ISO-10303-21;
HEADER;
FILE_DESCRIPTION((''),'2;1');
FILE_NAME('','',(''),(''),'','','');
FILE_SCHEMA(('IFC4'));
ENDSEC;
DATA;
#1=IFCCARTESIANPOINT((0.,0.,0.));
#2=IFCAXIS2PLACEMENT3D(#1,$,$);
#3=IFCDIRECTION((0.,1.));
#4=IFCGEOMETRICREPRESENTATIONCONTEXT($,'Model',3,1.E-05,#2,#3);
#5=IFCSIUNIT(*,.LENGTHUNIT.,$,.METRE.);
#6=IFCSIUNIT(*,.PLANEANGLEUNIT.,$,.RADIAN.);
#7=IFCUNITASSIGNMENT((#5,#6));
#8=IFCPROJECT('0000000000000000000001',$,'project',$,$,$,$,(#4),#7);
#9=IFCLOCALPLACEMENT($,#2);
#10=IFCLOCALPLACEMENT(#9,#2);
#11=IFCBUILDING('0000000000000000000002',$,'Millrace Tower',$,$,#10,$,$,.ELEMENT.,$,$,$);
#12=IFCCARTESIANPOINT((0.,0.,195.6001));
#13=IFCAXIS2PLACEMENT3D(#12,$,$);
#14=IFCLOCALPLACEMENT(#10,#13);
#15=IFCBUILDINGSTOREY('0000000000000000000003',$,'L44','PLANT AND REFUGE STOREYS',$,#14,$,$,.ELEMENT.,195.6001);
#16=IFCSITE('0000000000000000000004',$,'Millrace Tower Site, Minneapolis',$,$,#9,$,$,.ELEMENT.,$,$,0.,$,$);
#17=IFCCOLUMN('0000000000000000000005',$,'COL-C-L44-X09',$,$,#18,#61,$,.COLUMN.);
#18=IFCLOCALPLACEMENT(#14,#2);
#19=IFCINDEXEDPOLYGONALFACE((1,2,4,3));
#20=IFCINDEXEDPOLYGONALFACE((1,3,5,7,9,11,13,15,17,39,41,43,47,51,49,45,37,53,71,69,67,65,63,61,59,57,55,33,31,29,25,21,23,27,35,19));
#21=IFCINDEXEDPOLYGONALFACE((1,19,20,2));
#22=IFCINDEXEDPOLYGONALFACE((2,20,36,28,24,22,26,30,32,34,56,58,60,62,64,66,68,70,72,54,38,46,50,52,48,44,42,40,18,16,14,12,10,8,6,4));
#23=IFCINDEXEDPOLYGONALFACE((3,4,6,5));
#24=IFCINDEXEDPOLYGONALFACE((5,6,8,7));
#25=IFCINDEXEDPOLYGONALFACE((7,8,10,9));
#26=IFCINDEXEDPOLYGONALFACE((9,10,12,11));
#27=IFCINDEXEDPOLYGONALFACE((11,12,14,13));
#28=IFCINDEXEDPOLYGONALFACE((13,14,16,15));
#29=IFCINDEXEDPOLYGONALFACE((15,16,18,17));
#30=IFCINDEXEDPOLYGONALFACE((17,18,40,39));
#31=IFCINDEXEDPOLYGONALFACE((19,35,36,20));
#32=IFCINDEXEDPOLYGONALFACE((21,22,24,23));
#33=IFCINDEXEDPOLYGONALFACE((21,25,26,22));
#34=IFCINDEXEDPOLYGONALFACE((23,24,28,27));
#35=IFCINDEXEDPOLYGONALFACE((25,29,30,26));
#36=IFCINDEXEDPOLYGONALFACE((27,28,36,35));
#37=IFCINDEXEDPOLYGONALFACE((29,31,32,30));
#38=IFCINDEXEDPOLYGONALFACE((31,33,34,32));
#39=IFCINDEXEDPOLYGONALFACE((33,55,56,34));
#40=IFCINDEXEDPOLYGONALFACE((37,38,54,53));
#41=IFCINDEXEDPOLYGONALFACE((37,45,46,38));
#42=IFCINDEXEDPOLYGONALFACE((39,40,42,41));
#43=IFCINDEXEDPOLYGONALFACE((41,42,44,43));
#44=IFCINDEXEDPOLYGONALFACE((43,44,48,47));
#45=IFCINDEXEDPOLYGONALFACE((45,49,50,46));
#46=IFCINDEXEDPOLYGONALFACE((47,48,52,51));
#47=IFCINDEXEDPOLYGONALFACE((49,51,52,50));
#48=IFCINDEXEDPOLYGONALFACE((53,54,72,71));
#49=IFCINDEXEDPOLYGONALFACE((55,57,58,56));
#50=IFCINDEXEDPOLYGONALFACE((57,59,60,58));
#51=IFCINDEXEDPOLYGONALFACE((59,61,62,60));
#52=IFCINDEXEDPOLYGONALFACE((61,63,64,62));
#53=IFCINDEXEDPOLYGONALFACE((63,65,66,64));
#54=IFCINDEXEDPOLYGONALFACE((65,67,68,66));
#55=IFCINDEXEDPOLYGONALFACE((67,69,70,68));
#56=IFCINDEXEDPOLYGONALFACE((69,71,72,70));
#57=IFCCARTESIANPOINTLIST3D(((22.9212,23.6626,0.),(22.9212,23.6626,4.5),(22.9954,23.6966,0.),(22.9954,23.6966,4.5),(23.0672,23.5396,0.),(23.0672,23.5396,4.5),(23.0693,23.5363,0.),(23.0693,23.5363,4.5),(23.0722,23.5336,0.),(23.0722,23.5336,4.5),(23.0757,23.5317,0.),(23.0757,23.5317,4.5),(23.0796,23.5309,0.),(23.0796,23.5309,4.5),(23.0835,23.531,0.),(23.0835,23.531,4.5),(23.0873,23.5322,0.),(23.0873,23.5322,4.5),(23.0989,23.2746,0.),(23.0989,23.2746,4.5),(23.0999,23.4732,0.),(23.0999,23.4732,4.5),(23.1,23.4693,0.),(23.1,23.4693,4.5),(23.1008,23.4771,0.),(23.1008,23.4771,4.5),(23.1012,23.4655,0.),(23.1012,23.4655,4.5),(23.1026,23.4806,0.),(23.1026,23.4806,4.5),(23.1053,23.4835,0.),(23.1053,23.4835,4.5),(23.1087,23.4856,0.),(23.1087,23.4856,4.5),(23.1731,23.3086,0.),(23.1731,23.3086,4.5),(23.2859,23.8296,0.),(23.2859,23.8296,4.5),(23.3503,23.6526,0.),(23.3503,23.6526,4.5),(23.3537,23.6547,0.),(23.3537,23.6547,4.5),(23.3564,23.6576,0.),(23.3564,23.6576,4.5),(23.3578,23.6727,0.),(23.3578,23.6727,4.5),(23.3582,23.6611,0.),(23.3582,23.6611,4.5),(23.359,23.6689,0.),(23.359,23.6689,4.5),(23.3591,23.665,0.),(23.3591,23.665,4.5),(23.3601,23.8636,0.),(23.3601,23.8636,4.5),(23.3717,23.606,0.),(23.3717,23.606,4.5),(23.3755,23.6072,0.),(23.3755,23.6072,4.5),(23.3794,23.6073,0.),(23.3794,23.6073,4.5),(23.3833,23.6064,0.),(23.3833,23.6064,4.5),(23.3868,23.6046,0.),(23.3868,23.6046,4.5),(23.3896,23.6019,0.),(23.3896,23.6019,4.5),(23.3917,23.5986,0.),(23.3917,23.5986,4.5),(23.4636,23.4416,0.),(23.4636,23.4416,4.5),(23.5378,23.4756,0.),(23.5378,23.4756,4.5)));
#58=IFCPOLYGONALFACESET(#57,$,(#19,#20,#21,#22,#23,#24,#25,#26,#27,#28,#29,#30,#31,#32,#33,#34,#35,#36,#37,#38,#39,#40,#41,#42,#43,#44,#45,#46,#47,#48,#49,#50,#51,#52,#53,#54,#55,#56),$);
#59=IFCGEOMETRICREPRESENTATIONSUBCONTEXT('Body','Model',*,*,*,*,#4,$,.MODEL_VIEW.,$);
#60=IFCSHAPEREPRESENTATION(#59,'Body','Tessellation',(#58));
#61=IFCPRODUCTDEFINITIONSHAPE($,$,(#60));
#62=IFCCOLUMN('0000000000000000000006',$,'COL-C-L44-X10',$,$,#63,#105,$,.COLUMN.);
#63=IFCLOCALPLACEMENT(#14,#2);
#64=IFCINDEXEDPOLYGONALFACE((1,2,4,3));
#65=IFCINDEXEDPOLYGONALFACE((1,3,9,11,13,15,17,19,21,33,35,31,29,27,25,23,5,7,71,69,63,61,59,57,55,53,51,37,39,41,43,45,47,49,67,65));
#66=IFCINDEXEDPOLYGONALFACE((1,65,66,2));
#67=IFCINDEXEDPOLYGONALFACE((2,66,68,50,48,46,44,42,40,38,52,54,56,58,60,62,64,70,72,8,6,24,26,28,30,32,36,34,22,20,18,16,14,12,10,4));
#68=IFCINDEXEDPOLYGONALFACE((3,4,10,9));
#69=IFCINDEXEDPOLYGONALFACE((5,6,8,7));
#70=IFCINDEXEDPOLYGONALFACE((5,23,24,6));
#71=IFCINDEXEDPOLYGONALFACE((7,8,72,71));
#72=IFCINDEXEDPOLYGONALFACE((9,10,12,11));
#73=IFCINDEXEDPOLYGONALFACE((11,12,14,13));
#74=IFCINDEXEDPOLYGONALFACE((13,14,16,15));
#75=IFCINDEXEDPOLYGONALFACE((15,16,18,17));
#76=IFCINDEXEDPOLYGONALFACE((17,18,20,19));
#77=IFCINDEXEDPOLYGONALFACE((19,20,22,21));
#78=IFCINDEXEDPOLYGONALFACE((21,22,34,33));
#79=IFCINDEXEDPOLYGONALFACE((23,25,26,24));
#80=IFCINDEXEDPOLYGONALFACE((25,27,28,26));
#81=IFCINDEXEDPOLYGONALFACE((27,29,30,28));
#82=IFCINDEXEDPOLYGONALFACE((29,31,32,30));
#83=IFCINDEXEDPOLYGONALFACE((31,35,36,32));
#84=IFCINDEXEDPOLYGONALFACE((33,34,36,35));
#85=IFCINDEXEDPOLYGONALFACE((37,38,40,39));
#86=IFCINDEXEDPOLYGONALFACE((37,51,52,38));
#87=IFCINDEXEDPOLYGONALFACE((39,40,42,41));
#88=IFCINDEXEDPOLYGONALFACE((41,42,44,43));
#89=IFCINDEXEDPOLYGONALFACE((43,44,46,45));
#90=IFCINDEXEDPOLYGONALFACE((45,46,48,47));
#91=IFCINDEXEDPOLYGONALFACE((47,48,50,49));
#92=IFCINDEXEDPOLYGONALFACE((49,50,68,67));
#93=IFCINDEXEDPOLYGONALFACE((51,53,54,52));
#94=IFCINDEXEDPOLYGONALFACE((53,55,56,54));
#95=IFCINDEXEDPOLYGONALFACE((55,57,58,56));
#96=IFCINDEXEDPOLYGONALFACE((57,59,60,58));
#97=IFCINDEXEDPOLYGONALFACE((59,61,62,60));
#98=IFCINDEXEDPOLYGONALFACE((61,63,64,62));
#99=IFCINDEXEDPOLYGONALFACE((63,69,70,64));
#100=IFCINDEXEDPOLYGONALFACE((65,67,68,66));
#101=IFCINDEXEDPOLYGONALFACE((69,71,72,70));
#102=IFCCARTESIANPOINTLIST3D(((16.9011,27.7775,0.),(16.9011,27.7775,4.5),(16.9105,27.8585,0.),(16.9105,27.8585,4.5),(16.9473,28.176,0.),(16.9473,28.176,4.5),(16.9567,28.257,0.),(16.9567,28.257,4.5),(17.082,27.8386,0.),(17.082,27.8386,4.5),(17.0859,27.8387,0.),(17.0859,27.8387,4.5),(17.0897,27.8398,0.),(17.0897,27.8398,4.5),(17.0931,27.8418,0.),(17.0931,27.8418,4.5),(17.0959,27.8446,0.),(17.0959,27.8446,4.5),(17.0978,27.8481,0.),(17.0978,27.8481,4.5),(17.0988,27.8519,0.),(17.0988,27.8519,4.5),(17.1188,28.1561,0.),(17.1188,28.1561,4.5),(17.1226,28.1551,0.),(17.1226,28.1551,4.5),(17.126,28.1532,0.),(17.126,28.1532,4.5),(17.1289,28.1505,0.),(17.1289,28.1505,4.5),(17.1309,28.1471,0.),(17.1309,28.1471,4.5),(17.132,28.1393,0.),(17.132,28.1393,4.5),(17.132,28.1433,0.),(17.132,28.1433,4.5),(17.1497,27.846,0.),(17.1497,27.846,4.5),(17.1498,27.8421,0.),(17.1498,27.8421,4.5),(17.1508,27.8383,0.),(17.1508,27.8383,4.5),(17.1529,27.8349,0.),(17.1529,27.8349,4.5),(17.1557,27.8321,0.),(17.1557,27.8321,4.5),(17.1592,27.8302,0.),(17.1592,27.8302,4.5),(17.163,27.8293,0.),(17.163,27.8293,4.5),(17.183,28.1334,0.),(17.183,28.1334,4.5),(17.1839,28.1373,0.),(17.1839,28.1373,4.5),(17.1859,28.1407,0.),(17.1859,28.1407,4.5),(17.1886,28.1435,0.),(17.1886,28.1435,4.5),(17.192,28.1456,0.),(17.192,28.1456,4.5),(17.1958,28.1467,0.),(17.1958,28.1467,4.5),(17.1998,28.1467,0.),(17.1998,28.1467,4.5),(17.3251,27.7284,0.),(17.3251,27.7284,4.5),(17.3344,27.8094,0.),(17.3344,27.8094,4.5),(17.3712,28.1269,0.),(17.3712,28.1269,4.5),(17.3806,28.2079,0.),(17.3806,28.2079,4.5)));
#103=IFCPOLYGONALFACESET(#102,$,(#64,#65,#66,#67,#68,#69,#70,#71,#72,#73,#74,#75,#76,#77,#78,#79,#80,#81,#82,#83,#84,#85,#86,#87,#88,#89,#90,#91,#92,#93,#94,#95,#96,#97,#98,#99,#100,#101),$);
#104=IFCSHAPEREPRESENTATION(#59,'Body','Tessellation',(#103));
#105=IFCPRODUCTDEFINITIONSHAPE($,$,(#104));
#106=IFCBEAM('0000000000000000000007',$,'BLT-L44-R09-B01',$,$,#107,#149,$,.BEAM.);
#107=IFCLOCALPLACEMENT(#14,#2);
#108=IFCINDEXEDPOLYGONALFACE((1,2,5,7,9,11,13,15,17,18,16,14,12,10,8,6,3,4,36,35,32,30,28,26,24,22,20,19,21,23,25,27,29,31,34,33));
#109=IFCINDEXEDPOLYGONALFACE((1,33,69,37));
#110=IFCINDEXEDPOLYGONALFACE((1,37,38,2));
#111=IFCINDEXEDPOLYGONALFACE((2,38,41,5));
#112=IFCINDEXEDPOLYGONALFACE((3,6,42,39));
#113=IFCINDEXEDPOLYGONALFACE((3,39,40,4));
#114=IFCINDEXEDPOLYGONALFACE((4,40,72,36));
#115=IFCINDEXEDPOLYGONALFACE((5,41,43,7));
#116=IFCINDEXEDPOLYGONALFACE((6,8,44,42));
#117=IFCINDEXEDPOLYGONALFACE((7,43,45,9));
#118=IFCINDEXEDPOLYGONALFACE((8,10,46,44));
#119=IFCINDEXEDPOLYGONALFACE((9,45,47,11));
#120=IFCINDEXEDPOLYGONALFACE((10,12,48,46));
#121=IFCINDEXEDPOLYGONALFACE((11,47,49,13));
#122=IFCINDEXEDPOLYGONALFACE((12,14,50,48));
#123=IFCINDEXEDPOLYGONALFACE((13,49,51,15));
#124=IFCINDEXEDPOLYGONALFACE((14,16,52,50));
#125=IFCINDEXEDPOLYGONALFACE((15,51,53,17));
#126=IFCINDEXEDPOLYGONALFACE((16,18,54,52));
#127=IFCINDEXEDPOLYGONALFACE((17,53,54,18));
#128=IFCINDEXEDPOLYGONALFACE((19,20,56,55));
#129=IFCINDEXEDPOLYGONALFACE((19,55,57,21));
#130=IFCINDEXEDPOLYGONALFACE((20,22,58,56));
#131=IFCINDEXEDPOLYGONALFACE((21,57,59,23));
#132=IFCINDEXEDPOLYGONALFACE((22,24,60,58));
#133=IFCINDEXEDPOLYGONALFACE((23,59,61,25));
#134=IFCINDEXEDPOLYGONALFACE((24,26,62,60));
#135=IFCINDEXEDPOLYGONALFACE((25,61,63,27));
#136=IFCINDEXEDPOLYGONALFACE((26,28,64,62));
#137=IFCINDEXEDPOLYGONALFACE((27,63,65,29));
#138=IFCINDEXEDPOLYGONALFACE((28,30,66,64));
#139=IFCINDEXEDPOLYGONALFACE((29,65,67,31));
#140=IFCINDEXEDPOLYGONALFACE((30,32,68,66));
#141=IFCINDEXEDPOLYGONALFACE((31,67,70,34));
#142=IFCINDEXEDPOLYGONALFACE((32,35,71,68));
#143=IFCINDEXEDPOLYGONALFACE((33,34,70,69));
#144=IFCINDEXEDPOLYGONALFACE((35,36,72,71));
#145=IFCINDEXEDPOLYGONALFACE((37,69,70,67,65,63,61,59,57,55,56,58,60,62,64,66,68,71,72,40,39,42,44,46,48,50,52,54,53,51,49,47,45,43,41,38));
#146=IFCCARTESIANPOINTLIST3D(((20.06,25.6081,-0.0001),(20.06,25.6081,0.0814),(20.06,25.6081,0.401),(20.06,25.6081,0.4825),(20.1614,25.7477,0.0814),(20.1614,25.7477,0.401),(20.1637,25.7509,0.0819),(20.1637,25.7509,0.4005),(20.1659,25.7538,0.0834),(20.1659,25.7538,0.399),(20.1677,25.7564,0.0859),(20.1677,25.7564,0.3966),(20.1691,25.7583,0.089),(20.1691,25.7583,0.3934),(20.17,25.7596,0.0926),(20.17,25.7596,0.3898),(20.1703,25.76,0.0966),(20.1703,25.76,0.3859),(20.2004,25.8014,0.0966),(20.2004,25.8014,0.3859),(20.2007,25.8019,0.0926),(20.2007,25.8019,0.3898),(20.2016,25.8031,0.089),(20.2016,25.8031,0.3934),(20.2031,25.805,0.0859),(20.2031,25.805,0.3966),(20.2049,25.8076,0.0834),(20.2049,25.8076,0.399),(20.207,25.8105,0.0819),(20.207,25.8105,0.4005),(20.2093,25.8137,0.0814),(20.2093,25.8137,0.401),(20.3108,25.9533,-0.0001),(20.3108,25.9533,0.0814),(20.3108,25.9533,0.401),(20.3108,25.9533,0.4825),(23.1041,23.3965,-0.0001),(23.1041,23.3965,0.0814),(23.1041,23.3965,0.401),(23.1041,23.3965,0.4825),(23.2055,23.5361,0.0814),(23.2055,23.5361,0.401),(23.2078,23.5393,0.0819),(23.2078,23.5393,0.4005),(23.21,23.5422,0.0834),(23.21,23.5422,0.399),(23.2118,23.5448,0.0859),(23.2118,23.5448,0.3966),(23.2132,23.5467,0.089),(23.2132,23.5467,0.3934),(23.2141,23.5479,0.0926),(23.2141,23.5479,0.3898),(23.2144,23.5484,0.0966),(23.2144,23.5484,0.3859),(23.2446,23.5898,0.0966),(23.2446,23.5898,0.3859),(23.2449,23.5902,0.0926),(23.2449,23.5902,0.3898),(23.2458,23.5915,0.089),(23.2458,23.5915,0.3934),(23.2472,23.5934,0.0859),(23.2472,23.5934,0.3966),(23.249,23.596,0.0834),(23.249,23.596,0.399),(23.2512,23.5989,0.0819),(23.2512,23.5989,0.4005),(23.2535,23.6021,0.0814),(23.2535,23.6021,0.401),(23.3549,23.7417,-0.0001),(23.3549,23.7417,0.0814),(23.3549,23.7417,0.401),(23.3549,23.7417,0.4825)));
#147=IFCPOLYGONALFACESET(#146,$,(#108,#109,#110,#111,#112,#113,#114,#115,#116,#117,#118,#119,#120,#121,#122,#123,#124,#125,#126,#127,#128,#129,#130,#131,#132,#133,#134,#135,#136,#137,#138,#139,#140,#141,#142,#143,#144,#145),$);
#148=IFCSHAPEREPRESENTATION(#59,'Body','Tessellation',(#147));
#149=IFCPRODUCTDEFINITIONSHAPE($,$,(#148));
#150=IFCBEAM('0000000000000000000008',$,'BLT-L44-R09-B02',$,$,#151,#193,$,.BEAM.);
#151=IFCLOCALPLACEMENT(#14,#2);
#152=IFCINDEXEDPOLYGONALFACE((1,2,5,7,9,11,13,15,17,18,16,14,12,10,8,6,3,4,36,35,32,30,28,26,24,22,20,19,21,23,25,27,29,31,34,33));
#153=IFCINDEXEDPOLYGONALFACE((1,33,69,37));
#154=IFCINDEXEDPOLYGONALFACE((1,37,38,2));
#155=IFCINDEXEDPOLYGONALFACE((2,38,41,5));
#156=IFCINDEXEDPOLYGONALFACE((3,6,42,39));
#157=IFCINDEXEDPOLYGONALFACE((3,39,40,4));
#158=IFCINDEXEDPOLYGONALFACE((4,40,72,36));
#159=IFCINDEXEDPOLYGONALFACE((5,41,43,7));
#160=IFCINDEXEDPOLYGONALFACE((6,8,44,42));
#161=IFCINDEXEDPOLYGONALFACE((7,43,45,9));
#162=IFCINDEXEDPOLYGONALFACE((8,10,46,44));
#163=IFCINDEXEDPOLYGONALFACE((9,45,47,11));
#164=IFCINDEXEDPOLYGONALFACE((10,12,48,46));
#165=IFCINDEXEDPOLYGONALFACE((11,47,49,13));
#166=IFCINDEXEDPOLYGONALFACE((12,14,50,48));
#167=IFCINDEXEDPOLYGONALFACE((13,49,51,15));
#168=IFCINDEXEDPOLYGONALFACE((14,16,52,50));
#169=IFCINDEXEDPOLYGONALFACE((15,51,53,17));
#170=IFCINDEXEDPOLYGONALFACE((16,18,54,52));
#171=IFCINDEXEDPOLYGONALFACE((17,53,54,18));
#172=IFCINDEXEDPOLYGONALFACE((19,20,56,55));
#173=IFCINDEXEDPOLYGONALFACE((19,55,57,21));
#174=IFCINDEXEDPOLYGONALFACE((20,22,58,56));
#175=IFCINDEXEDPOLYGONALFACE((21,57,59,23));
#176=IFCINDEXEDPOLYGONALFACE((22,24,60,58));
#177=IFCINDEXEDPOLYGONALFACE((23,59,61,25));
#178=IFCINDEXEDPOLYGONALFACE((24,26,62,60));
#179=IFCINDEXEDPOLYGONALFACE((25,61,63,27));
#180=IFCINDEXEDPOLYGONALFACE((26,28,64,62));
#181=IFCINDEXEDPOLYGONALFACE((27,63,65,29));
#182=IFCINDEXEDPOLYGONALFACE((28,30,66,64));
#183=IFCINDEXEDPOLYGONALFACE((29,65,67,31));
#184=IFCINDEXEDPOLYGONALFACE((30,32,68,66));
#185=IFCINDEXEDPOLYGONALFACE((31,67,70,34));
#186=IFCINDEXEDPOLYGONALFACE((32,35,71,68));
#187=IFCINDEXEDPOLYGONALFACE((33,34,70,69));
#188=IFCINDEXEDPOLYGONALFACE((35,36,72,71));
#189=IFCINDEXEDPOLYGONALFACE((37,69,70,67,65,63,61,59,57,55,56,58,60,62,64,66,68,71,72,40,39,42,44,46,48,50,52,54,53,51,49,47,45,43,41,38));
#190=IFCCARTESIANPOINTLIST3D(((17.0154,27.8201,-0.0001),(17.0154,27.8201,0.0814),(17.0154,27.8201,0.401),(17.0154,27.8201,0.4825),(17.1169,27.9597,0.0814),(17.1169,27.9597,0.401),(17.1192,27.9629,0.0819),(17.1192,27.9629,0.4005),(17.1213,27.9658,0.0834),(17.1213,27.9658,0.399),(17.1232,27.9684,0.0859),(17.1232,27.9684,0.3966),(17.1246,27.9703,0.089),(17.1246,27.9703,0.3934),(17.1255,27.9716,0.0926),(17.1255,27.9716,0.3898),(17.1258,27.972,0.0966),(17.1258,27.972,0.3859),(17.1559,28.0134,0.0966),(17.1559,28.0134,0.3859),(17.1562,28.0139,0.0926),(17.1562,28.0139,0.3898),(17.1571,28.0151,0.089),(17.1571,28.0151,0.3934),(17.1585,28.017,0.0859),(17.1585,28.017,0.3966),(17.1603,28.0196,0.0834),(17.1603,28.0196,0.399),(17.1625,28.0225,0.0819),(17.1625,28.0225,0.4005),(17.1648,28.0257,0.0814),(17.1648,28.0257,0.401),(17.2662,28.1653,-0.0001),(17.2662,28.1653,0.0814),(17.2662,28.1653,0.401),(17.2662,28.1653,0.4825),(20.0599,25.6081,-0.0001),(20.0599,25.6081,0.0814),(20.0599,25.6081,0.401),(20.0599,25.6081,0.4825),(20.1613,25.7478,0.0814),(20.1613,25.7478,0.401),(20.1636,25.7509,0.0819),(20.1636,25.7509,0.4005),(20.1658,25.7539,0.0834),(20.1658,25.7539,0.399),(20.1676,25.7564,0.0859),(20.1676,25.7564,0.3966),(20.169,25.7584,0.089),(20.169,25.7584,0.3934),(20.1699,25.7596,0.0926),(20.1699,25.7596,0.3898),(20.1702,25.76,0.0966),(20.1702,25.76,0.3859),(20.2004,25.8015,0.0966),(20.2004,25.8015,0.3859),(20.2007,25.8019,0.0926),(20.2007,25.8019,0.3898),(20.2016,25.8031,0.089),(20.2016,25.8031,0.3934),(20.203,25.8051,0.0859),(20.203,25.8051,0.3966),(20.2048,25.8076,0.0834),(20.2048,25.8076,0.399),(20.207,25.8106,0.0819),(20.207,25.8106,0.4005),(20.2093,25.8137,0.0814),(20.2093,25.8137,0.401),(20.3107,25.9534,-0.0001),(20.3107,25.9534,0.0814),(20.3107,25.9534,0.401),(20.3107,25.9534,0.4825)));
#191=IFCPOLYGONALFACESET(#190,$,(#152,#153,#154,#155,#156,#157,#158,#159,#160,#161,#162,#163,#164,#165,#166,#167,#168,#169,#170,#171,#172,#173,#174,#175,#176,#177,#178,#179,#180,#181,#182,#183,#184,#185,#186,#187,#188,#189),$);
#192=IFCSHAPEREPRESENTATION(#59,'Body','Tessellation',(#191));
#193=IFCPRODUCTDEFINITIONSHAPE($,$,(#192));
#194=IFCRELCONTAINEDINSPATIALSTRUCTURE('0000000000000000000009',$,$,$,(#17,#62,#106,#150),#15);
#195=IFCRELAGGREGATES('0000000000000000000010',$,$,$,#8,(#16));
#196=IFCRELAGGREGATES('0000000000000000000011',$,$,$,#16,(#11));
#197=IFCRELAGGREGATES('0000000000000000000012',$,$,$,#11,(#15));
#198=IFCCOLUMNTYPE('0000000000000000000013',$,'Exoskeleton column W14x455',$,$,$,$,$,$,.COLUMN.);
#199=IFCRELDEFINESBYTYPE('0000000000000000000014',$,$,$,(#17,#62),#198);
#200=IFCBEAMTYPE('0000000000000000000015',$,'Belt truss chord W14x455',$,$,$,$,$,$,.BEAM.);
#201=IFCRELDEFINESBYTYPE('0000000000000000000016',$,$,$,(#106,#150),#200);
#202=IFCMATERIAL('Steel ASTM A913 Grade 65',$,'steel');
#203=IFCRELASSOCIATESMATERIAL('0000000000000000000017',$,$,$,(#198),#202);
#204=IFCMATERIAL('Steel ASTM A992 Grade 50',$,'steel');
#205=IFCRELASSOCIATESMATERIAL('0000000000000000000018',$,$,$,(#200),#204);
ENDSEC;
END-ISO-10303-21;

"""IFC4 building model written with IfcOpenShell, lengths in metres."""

from ifc_helpers import new_model, si_unit, direction, frame, origin, origin_2d, place, context, subcontext, project, spatial, i_section, extrude, material, material_profile, profile_set, type_object, element, save


model = new_model("IFC4")

# Units and contexts
model_context = context("Model", 3, precision=1e-05, world=origin(), true_north=direction((0.0, 1.0)))
body_context = subcontext(model_context, "Body", "Model", "MODEL_VIEW")
ifc_project = project(units=[si_unit("LENGTHUNIT", "METRE"), si_unit("PLANEANGLEUNIT", "RADIAN")], contexts=[model_context])

# Site, building, storey
site_placement = place(None, origin())
site = spatial("IfcSite", under=ifc_project, at=site_placement, Name="Millrace Tower Site, Minneapolis", CompositionType="ELEMENT", RefElevation=0.0)
building_placement = place(site_placement, origin())
building = spatial("IfcBuilding", under=site, at=building_placement, Name="Millrace Tower", CompositionType="ELEMENT")
storey_placement = place(building_placement, frame((0.0, 0.0, 195.6001)))
storey = spatial("IfcBuildingStorey", under=building, at=storey_placement, Name="L44", Description="PLANT AND REFUGE STOREYS", CompositionType="ELEMENT", Elevation=195.6001)

# Columns
ifc_material_1 = material(Name="Steel ASTM A913 Grade 65", Category="steel")
ifc_material_profile_1 = material_profile(ifc_material_1, i_section(OverallWidth=0.4268, OverallDepth=0.4827, WebThickness=0.0513, FlangeThickness=0.0815, FilletRadius=0.0151, at=origin_2d()))
ifc_profile_set_1 = profile_set([ifc_material_profile_1], Name="Steel ASTM A913 Grade 65")
column_type = type_object("IfcColumnType", Name="Exoskeleton column W14x455", PredefinedType="COLUMN", material=ifc_profile_set_1)
for number, where, z_axis, x_axis, name in (
    (1, (23.2295, 23.5691, 0.0), (0.0, 0.0, 1.0), (-0.416401, 0.909181, 0.0), "COL-C-L44-X09"),
    (2, (17.1409, 27.9927, 0.0), (0.0, 0.0, 1.0), (-0.993358, 0.115069, 0.0), "COL-C-L44-X10"),
):
    element("IfcColumn", number, at=place(storey_placement, frame(where, z_axis=z_axis, x_axis=x_axis)), inside=storey, type_object=column_type, Name=name, PredefinedType="COLUMN", context=body_context, shape_type="SweptSolid", body=[
        extrude(i_section(OverallWidth=0.4268, OverallDepth=0.4827, WebThickness=0.0513, FlangeThickness=0.0815, FilletRadius=0.0151, at=origin_2d()), origin(), (0.0, 0.0, 1.0), 4.5),
    ])

# Beams
ifc_material_2 = material(Name="Steel ASTM A992 Grade 50", Category="steel")
ifc_material_profile_2 = material_profile(ifc_material_2, i_section(OverallWidth=0.4268, OverallDepth=0.4827, WebThickness=0.0513, FlangeThickness=0.0815, FilletRadius=0.0151, at=origin_2d()))
ifc_profile_set_2 = profile_set([ifc_material_profile_2], Name="Steel ASTM A992 Grade 50")
beam_type_1 = type_object("IfcBeamType", Name="Belt truss chord W14x455", PredefinedType="BEAM", material=ifc_profile_set_2)
beam_1_placement = place(storey_placement, frame((23.2295, 23.5691, 0.2412), z_axis=(-0.809025, 0.587774, 0.0), x_axis=(-0.587774, -0.809025, 0.0)))
element("IfcBeam", 3, at=beam_1_placement, inside=storey, type_object=beam_type_1, Name="BLT-L44-R09-B01", PredefinedType="BEAM", context=body_context, shape_type="SweptSolid", body=[
    extrude(i_section(OverallWidth=0.4268, OverallDepth=0.4827, WebThickness=0.0513, FlangeThickness=0.0815, FilletRadius=0.0151, at=origin_2d()), origin(), (0.0, 0.0, 1.0), 3.7627),
])
beam_2_placement = place(storey_placement, frame((20.1853, 25.7808, 0.2412), z_axis=(-0.809017, 0.587786, 0.0), x_axis=(-0.587786, -0.809017, 0.0)))
element("IfcBeam", 4, at=beam_2_placement, inside=storey, type_object=beam_type_1, Name="BLT-L44-R09-B02", PredefinedType="BEAM", context=body_context, shape_type="SweptSolid", body=[
    extrude(i_section(OverallWidth=0.4268, OverallDepth=0.4827, WebThickness=0.0513, FlangeThickness=0.0815, FilletRadius=0.0151, at=origin_2d()), origin(), (0.0, 0.0, 1.0), 3.7632),
])

save(model, "model.ifc")
